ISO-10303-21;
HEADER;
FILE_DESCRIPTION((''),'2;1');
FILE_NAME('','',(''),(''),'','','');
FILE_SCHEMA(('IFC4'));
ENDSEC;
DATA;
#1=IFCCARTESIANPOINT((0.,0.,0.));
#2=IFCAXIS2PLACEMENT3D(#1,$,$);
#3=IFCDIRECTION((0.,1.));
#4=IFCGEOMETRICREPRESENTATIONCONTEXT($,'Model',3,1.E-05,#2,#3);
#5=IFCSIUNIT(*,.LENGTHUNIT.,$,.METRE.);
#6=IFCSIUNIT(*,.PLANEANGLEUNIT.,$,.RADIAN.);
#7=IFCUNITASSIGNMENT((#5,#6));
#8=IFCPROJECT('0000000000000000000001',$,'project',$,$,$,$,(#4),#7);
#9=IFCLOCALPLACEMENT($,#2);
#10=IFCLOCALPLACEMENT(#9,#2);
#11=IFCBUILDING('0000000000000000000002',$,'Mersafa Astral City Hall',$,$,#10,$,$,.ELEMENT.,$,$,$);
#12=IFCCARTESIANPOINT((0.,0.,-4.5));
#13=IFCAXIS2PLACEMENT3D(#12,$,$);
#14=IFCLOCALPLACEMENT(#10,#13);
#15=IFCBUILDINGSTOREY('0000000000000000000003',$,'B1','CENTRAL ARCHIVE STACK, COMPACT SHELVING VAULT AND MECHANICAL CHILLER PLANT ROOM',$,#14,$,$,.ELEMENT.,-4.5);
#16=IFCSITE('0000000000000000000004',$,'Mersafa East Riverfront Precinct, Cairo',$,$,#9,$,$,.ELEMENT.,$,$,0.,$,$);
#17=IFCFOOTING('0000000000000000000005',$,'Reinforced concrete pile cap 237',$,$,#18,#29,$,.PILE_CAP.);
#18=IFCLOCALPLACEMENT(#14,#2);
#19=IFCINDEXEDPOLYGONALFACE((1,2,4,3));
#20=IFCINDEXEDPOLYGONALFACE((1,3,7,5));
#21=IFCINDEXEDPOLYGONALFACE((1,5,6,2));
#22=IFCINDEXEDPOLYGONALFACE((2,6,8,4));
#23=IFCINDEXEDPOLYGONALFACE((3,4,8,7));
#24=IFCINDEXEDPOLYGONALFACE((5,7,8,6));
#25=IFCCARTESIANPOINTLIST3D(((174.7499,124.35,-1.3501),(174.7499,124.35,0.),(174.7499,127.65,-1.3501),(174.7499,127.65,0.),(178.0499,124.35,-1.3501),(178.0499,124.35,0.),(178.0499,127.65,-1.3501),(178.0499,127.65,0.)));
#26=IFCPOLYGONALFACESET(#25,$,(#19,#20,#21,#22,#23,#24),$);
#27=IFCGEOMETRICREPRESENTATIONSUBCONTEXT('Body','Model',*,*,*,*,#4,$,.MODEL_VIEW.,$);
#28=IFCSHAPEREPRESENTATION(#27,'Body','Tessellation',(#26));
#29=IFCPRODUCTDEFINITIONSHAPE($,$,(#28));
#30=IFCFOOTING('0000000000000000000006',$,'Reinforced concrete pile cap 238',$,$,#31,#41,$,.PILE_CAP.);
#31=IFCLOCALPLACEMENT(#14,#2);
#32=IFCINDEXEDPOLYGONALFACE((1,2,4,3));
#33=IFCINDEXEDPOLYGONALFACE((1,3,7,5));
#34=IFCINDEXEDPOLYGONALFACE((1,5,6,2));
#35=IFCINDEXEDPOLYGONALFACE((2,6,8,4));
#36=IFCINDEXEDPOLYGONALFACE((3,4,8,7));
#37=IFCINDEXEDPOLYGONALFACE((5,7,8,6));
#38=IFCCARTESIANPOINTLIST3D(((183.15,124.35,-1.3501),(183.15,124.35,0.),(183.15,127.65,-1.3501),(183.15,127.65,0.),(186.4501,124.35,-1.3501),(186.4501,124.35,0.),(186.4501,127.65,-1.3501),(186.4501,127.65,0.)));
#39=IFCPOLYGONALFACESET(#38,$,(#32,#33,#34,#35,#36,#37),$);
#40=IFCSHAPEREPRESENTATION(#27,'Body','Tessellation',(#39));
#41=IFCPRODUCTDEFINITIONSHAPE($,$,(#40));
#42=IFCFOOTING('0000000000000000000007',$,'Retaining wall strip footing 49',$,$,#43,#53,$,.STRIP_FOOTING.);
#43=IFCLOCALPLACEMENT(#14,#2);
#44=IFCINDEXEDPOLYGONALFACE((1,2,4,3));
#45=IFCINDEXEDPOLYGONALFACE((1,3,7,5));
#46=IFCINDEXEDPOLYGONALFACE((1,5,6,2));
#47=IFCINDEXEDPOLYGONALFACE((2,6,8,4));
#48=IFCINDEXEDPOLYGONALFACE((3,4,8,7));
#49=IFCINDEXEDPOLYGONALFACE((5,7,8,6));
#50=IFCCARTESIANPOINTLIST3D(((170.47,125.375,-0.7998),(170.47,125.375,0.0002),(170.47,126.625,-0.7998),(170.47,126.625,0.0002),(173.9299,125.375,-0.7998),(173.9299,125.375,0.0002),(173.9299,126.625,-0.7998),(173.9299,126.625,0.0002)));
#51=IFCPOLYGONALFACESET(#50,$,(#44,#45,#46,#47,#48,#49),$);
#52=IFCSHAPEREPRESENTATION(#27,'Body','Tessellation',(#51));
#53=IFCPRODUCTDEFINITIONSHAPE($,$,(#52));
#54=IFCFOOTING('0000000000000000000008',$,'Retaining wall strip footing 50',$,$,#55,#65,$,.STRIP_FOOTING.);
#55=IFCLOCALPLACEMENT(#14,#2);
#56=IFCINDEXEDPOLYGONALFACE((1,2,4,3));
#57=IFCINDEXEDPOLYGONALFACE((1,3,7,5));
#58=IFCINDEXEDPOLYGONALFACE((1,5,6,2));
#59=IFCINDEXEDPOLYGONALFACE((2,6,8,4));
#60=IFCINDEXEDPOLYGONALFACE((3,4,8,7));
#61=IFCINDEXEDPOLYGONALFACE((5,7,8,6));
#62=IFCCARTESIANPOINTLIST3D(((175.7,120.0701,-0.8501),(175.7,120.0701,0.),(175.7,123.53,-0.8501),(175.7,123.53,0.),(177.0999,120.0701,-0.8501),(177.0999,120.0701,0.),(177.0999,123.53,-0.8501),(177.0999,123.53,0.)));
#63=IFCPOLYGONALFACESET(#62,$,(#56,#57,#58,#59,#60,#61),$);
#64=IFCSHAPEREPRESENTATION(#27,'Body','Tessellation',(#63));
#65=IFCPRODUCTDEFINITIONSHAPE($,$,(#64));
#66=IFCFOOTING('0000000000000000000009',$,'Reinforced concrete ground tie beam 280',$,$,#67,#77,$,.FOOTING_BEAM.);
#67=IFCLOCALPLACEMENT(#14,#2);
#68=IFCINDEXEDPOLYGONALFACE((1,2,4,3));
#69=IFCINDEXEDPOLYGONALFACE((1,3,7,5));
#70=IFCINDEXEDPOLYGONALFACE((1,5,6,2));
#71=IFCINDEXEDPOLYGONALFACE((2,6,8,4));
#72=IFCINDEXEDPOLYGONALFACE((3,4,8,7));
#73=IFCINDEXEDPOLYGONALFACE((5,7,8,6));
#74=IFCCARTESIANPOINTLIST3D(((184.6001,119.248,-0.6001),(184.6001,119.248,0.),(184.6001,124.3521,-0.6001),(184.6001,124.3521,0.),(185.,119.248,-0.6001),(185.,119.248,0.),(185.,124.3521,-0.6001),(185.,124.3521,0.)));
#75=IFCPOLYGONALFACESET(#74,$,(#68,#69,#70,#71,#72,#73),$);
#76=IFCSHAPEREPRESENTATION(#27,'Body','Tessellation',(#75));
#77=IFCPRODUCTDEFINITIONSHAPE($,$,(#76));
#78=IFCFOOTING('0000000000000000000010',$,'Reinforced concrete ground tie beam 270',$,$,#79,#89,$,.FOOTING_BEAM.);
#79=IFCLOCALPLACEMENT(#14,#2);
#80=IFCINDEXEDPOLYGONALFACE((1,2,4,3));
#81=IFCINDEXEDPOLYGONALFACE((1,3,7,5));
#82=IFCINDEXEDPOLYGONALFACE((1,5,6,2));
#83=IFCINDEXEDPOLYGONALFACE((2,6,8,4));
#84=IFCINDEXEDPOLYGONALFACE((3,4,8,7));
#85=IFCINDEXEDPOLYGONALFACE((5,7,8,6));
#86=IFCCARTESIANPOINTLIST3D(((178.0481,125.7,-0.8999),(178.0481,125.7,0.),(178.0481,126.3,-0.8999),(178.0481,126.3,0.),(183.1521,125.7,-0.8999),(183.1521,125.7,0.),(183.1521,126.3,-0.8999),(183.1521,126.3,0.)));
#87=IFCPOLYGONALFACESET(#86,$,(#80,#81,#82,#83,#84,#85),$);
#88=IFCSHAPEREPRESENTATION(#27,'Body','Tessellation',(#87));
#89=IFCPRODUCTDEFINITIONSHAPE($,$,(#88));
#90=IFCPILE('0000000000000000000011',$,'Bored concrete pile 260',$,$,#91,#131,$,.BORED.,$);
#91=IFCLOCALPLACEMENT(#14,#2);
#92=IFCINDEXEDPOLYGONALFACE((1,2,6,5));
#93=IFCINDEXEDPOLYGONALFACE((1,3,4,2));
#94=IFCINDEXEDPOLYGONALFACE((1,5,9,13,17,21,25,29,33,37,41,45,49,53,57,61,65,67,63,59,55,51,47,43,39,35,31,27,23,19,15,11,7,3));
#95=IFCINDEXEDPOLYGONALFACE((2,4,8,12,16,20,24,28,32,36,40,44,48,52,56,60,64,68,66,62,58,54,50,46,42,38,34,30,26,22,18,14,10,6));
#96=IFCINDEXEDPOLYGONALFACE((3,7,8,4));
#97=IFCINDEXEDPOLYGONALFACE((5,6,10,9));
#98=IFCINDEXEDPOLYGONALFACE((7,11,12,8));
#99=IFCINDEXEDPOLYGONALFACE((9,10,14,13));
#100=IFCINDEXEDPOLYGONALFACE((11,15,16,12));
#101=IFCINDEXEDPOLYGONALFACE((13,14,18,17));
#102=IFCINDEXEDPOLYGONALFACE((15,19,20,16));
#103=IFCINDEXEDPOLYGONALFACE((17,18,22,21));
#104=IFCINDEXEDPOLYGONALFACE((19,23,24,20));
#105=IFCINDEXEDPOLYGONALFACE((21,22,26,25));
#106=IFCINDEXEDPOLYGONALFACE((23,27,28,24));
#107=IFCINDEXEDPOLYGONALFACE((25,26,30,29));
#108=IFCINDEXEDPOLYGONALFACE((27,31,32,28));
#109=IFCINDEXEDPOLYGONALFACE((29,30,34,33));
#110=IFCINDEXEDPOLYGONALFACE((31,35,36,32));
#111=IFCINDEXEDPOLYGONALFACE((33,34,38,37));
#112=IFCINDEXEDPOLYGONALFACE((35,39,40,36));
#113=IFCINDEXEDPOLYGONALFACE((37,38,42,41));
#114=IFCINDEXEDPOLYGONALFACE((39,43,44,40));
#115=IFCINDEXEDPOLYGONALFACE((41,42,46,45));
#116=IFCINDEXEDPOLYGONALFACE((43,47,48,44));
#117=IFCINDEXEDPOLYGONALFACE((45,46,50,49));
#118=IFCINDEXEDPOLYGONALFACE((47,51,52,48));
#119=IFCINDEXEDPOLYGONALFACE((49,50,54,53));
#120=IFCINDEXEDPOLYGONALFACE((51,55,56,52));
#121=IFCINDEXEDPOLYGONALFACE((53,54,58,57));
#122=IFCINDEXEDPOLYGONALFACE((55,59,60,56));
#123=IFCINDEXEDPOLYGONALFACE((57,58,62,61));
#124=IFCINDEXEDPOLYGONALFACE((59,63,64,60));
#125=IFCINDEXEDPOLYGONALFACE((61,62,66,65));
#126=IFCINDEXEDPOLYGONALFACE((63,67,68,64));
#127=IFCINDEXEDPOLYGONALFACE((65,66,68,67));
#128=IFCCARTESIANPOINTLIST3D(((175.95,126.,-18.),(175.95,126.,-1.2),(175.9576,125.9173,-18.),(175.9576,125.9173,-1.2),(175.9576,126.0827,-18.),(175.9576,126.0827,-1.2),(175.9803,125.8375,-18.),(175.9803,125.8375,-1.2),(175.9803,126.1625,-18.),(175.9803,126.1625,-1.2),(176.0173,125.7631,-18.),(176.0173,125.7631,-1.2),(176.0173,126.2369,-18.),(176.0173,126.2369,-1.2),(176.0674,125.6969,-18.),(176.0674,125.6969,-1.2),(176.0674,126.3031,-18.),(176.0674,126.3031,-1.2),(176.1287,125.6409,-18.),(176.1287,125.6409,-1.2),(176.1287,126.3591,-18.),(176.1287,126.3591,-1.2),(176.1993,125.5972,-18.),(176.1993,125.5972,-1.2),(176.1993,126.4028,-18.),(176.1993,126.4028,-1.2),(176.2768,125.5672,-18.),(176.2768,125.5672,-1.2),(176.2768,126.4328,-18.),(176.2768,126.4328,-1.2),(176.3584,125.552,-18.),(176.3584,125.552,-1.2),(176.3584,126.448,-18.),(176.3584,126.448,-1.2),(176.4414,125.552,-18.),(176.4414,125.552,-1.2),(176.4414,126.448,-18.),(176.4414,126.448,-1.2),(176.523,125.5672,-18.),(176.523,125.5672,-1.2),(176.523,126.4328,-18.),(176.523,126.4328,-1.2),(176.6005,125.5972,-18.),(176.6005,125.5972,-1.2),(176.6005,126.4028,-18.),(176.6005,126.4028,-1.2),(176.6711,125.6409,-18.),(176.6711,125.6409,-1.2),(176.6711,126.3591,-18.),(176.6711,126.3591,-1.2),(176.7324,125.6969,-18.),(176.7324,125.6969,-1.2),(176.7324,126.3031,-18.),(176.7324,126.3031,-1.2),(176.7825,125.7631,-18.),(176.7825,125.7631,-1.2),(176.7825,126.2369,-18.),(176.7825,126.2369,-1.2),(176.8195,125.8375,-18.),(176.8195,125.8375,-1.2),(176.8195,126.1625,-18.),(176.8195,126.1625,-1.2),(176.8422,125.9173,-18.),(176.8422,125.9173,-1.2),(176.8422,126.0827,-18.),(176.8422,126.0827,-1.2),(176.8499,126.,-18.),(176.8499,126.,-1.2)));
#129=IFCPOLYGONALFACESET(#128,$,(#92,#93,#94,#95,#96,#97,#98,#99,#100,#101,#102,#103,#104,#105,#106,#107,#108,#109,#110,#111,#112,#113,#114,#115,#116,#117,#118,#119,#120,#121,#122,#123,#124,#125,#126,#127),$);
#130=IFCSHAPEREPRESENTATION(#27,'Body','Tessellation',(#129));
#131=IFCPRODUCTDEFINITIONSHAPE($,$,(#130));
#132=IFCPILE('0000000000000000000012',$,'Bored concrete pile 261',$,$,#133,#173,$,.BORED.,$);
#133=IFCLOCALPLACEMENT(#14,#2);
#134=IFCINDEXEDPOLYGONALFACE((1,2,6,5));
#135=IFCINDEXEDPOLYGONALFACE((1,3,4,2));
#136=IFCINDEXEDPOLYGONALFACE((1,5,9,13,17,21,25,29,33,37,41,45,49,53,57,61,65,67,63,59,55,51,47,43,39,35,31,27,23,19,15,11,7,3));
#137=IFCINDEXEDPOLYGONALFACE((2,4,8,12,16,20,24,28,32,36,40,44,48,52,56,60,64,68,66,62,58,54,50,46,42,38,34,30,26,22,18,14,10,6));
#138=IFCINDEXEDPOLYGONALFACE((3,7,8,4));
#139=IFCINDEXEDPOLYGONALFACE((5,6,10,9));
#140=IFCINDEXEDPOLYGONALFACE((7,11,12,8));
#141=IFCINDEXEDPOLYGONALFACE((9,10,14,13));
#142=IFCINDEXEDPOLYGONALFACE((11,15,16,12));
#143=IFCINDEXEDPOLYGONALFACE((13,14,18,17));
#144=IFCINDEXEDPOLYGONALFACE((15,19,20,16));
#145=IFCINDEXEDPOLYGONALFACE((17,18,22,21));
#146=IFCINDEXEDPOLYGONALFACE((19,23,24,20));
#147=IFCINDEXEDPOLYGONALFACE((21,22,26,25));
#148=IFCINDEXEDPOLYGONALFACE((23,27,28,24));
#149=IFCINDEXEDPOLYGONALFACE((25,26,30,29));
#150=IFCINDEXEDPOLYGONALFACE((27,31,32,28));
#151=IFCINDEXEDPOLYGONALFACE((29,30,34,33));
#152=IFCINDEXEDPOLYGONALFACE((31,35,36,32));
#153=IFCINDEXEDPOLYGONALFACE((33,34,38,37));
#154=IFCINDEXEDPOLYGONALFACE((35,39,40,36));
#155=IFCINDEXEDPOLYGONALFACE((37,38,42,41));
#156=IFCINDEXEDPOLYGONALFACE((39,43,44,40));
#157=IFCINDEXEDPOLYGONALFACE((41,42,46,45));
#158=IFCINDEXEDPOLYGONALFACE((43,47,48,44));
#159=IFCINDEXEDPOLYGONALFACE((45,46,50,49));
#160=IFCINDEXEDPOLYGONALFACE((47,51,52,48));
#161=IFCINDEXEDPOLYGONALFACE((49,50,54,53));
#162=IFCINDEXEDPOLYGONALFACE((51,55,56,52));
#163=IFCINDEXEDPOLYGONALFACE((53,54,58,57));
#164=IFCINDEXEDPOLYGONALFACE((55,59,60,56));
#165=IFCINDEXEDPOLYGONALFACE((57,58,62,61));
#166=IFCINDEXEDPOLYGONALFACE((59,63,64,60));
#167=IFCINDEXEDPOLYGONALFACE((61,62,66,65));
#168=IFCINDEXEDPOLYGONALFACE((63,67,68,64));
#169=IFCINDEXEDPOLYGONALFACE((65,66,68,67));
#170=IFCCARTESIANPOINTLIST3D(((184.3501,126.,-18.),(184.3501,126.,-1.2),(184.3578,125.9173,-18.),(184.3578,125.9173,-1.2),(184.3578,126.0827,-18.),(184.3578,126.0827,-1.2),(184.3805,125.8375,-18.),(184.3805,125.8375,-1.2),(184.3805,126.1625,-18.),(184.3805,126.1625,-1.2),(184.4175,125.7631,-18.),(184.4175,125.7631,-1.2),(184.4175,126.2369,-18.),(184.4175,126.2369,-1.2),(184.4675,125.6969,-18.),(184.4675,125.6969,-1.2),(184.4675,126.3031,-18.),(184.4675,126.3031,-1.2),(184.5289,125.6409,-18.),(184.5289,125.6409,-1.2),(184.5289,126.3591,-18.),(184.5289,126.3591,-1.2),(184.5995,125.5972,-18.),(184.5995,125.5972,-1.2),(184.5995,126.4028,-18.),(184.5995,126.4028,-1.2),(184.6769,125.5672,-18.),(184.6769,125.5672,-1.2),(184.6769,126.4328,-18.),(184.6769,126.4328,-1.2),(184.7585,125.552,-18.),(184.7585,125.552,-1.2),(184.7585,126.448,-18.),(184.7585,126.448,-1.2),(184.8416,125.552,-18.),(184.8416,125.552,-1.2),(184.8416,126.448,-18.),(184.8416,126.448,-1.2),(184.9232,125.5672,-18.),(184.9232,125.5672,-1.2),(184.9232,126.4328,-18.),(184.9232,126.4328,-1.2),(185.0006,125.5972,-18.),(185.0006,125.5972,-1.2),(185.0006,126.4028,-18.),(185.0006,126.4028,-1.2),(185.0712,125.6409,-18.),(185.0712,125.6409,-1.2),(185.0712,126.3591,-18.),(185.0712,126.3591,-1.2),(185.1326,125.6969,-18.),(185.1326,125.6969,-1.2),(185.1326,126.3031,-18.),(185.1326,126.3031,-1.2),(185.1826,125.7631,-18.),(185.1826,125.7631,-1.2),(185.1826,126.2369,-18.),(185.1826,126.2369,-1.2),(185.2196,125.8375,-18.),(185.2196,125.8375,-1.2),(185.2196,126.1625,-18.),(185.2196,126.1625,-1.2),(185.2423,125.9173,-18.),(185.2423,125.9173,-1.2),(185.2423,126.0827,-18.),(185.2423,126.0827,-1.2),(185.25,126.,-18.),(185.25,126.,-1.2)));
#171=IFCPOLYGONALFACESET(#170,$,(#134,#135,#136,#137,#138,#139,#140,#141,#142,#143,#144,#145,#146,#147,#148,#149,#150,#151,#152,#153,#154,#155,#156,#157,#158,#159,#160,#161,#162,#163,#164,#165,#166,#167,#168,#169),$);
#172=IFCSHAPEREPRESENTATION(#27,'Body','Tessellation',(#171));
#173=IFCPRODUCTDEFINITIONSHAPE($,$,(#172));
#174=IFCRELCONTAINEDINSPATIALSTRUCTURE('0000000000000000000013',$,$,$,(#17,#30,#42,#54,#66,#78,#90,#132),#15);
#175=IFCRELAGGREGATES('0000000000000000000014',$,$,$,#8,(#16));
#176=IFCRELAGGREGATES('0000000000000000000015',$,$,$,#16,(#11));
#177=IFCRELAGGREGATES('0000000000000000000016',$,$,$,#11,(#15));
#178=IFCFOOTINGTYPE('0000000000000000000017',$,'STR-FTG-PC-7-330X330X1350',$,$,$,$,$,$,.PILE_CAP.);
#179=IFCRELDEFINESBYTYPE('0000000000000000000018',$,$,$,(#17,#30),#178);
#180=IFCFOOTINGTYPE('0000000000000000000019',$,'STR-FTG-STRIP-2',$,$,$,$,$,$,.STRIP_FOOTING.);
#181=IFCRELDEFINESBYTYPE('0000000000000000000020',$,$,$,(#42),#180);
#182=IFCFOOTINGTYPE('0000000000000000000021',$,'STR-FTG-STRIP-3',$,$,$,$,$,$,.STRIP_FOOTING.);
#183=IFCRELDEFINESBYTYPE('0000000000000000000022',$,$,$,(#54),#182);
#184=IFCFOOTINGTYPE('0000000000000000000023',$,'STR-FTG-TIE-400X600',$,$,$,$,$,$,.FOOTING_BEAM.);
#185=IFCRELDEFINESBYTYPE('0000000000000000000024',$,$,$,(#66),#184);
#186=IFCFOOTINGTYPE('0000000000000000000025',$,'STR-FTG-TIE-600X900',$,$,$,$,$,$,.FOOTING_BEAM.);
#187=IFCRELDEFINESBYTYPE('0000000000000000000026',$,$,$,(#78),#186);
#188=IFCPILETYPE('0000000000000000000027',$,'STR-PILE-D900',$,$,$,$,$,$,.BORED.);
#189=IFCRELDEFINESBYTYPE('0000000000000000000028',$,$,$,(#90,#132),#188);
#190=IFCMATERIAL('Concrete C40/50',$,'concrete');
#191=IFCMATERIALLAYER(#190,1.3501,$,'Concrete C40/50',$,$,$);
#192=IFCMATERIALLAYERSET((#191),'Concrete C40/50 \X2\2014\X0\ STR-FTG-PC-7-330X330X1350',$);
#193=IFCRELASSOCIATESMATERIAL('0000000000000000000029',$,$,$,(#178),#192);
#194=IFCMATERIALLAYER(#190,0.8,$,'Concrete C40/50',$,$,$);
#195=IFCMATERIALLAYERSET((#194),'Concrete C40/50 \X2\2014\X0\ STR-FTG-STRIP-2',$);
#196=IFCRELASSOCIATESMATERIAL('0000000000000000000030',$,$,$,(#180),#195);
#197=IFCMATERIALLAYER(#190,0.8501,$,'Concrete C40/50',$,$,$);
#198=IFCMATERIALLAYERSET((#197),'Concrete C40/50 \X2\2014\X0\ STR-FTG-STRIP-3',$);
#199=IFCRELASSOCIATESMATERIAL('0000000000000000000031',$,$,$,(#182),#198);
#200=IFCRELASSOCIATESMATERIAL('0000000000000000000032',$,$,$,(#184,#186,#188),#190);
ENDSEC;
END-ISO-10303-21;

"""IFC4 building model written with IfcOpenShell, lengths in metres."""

from ifc_helpers import new_model, si_unit, direction, frame, origin, origin_2d, place, context, subcontext, project, spatial, rectangle, circle, extrude, material, layer, layer_set, material_profile, profile_set, type_object, element, save


model = new_model("IFC4")

# Units and contexts
model_context = context("Model", 3, precision=1e-05, world=origin(), true_north=direction((0.0, 1.0)))
body_context = subcontext(model_context, "Body", "Model", "MODEL_VIEW")
ifc_project = project(units=[si_unit("LENGTHUNIT", "METRE"), si_unit("PLANEANGLEUNIT", "RADIAN")], contexts=[model_context])

# Site, building, storey
site_placement = place(None, origin())
site = spatial("IfcSite", under=ifc_project, at=site_placement, Name="Mersafa East Riverfront Precinct, Cairo", CompositionType="ELEMENT", RefElevation=0.0)
building_placement = place(site_placement, origin())
building = spatial("IfcBuilding", under=site, at=building_placement, Name="Mersafa Astral City Hall", CompositionType="ELEMENT")
storey_placement = place(building_placement, frame((0.0, 0.0, -4.5)))
storey = spatial("IfcBuildingStorey", under=building, at=storey_placement, Name="B1", Description="CENTRAL ARCHIVE STACK, COMPACT SHELVING VAULT AND MECHANICAL CHILLER PLANT ROOM", CompositionType="ELEMENT", Elevation=-4.5)

# Footings
ifc_material_1 = material(Name="Concrete C40/50", Category="concrete")
ifc_layer_1 = layer(ifc_material_1, 1.3501, Name="Concrete C40/50")
ifc_layer_set_1 = layer_set([ifc_layer_1], Name="Concrete C40/50 — STR-FTG-PC-7-330X330X1350")
footing_type_1 = type_object("IfcFootingType", Name="STR-FTG-PC-7-330X330X1350", PredefinedType="PILE_CAP", material=ifc_layer_set_1)
for number, where, z_axis, x_axis, name in (
    (1, (176.3999, 126.0, -1.3501), (0.0, 0.0, 1.0), (1.0, 0.0, 0.0), "Reinforced concrete pile cap 237"),
    (2, (184.8, 126.0, -1.3501), (0.0, 0.0, 1.0), (1.0, 0.0, 0.0), "Reinforced concrete pile cap 238"),
):
    element("IfcFooting", number, at=place(storey_placement, frame(where, z_axis=z_axis, x_axis=x_axis)), inside=storey, type_object=footing_type_1, Name=name, PredefinedType="PILE_CAP", context=body_context, shape_type="SweptSolid", body=[
        extrude(rectangle(XDim=3.3, YDim=3.3, at=origin_2d()), origin(), (0.0, 0.0, 1.0), 1.3501),
    ])
ifc_layer_2 = layer(ifc_material_1, 0.8, Name="Concrete C40/50")
ifc_layer_set_2 = layer_set([ifc_layer_2], Name="Concrete C40/50 — STR-FTG-STRIP-2")
footing_type_2 = type_object("IfcFootingType", Name="STR-FTG-STRIP-2", PredefinedType="STRIP_FOOTING", material=ifc_layer_set_2)
footing_1_placement = place(storey_placement, frame((172.2, 126.0, -0.7998), z_axis=(0.0, 0.0, 1.0), x_axis=(1.0, 0.0, 0.0)))
element("IfcFooting", 3, at=footing_1_placement, inside=storey, type_object=footing_type_2, Name="Retaining wall strip footing 49", PredefinedType="STRIP_FOOTING", context=body_context, shape_type="SweptSolid", body=[
    extrude(rectangle(XDim=3.46, YDim=1.25, at=origin_2d()), origin(), (0.0, 0.0, 1.0), 0.8),
])
ifc_layer_3 = layer(ifc_material_1, 0.8501, Name="Concrete C40/50")
ifc_layer_set_3 = layer_set([ifc_layer_3], Name="Concrete C40/50 — STR-FTG-STRIP-3")
footing_type_3 = type_object("IfcFootingType", Name="STR-FTG-STRIP-3", PredefinedType="STRIP_FOOTING", material=ifc_layer_set_3)
footing_2_placement = place(storey_placement, frame((176.3999, 121.8, -0.8501), z_axis=(0.0, 0.0, 1.0), x_axis=(0.0, -1.0, 0.0)))
element("IfcFooting", 4, at=footing_2_placement, inside=storey, type_object=footing_type_3, Name="Retaining wall strip footing 50", PredefinedType="STRIP_FOOTING", context=body_context, shape_type="SweptSolid", body=[
    extrude(rectangle(XDim=3.46, YDim=1.3999, at=origin_2d()), origin(), (0.0, 0.0, 1.0), 0.8501),
])
ifc_material_profile_1 = material_profile(ifc_material_1, rectangle(XDim=0.3999, YDim=0.6001, at=origin_2d()), Name="RC 400x600")
ifc_profile_set_1 = profile_set([ifc_material_profile_1], Name="Concrete C40/50")
footing_type_4 = type_object("IfcFootingType", Name="STR-FTG-TIE-400X600", PredefinedType="FOOTING_BEAM", material=ifc_profile_set_1)
footing_3_placement = place(storey_placement, frame((184.8, 119.248, -0.3), z_axis=(0.0, 1.0, 0.0), x_axis=(-1.0, 0.0, 0.0)))
element("IfcFooting", 5, at=footing_3_placement, inside=storey, type_object=footing_type_4, Name="Reinforced concrete ground tie beam 280", PredefinedType="FOOTING_BEAM", context=body_context, shape_type="SweptSolid", body=[
    extrude(rectangle(XDim=0.3999, YDim=0.6001, at=origin_2d()), origin(), (0.0, 0.0, 1.0), 5.104),
])
ifc_material_profile_2 = material_profile(ifc_material_1, rectangle(XDim=0.6001, YDim=0.8999, at=origin_2d()), Name="RC 600x900")
ifc_profile_set_2 = profile_set([ifc_material_profile_2], Name="Concrete C40/50")
footing_type_5 = type_object("IfcFootingType", Name="STR-FTG-TIE-600X900", PredefinedType="FOOTING_BEAM", material=ifc_profile_set_2)
footing_4_placement = place(storey_placement, frame((178.0481, 126.0, -0.45), z_axis=(1.0, 0.0, 0.0), x_axis=(0.0, 1.0, 0.0)))
element("IfcFooting", 6, at=footing_4_placement, inside=storey, type_object=footing_type_5, Name="Reinforced concrete ground tie beam 270", PredefinedType="FOOTING_BEAM", context=body_context, shape_type="SweptSolid", body=[
    extrude(rectangle(XDim=0.6001, YDim=0.8999, at=origin_2d()), origin(), (0.0, 0.0, 1.0), 5.104),
])

# Piles
ifc_material_profile_3 = material_profile(ifc_material_1, circle(Radius=0.45, at=origin_2d()), Name="PILE D900")
ifc_profile_set_3 = profile_set([ifc_material_profile_3], Name="Concrete C40/50")
pile_type = type_object("IfcPileType", Name="STR-PILE-D900", PredefinedType="BORED", material=ifc_profile_set_3)
for number, where, z_axis, x_axis, name in (
    (7, (176.3999, 126.0, -1.2), (0.0, 0.0, -1.0), (1.0, 0.0, 0.0), "Bored concrete pile 260"),
    (8, (184.8, 126.0, -1.2), (0.0, 0.0, -1.0), (1.0, 0.0, 0.0), "Bored concrete pile 261"),
):
    element("IfcPile", number, at=place(storey_placement, frame(where, z_axis=z_axis, x_axis=x_axis)), inside=storey, type_object=pile_type, Name=name, PredefinedType="BORED", context=body_context, shape_type="SweptSolid", body=[
        extrude(circle(Radius=0.45, at=origin_2d()), origin(), (0.0, 0.0, 1.0), 16.8),
    ])

save(model, "model.ifc")
